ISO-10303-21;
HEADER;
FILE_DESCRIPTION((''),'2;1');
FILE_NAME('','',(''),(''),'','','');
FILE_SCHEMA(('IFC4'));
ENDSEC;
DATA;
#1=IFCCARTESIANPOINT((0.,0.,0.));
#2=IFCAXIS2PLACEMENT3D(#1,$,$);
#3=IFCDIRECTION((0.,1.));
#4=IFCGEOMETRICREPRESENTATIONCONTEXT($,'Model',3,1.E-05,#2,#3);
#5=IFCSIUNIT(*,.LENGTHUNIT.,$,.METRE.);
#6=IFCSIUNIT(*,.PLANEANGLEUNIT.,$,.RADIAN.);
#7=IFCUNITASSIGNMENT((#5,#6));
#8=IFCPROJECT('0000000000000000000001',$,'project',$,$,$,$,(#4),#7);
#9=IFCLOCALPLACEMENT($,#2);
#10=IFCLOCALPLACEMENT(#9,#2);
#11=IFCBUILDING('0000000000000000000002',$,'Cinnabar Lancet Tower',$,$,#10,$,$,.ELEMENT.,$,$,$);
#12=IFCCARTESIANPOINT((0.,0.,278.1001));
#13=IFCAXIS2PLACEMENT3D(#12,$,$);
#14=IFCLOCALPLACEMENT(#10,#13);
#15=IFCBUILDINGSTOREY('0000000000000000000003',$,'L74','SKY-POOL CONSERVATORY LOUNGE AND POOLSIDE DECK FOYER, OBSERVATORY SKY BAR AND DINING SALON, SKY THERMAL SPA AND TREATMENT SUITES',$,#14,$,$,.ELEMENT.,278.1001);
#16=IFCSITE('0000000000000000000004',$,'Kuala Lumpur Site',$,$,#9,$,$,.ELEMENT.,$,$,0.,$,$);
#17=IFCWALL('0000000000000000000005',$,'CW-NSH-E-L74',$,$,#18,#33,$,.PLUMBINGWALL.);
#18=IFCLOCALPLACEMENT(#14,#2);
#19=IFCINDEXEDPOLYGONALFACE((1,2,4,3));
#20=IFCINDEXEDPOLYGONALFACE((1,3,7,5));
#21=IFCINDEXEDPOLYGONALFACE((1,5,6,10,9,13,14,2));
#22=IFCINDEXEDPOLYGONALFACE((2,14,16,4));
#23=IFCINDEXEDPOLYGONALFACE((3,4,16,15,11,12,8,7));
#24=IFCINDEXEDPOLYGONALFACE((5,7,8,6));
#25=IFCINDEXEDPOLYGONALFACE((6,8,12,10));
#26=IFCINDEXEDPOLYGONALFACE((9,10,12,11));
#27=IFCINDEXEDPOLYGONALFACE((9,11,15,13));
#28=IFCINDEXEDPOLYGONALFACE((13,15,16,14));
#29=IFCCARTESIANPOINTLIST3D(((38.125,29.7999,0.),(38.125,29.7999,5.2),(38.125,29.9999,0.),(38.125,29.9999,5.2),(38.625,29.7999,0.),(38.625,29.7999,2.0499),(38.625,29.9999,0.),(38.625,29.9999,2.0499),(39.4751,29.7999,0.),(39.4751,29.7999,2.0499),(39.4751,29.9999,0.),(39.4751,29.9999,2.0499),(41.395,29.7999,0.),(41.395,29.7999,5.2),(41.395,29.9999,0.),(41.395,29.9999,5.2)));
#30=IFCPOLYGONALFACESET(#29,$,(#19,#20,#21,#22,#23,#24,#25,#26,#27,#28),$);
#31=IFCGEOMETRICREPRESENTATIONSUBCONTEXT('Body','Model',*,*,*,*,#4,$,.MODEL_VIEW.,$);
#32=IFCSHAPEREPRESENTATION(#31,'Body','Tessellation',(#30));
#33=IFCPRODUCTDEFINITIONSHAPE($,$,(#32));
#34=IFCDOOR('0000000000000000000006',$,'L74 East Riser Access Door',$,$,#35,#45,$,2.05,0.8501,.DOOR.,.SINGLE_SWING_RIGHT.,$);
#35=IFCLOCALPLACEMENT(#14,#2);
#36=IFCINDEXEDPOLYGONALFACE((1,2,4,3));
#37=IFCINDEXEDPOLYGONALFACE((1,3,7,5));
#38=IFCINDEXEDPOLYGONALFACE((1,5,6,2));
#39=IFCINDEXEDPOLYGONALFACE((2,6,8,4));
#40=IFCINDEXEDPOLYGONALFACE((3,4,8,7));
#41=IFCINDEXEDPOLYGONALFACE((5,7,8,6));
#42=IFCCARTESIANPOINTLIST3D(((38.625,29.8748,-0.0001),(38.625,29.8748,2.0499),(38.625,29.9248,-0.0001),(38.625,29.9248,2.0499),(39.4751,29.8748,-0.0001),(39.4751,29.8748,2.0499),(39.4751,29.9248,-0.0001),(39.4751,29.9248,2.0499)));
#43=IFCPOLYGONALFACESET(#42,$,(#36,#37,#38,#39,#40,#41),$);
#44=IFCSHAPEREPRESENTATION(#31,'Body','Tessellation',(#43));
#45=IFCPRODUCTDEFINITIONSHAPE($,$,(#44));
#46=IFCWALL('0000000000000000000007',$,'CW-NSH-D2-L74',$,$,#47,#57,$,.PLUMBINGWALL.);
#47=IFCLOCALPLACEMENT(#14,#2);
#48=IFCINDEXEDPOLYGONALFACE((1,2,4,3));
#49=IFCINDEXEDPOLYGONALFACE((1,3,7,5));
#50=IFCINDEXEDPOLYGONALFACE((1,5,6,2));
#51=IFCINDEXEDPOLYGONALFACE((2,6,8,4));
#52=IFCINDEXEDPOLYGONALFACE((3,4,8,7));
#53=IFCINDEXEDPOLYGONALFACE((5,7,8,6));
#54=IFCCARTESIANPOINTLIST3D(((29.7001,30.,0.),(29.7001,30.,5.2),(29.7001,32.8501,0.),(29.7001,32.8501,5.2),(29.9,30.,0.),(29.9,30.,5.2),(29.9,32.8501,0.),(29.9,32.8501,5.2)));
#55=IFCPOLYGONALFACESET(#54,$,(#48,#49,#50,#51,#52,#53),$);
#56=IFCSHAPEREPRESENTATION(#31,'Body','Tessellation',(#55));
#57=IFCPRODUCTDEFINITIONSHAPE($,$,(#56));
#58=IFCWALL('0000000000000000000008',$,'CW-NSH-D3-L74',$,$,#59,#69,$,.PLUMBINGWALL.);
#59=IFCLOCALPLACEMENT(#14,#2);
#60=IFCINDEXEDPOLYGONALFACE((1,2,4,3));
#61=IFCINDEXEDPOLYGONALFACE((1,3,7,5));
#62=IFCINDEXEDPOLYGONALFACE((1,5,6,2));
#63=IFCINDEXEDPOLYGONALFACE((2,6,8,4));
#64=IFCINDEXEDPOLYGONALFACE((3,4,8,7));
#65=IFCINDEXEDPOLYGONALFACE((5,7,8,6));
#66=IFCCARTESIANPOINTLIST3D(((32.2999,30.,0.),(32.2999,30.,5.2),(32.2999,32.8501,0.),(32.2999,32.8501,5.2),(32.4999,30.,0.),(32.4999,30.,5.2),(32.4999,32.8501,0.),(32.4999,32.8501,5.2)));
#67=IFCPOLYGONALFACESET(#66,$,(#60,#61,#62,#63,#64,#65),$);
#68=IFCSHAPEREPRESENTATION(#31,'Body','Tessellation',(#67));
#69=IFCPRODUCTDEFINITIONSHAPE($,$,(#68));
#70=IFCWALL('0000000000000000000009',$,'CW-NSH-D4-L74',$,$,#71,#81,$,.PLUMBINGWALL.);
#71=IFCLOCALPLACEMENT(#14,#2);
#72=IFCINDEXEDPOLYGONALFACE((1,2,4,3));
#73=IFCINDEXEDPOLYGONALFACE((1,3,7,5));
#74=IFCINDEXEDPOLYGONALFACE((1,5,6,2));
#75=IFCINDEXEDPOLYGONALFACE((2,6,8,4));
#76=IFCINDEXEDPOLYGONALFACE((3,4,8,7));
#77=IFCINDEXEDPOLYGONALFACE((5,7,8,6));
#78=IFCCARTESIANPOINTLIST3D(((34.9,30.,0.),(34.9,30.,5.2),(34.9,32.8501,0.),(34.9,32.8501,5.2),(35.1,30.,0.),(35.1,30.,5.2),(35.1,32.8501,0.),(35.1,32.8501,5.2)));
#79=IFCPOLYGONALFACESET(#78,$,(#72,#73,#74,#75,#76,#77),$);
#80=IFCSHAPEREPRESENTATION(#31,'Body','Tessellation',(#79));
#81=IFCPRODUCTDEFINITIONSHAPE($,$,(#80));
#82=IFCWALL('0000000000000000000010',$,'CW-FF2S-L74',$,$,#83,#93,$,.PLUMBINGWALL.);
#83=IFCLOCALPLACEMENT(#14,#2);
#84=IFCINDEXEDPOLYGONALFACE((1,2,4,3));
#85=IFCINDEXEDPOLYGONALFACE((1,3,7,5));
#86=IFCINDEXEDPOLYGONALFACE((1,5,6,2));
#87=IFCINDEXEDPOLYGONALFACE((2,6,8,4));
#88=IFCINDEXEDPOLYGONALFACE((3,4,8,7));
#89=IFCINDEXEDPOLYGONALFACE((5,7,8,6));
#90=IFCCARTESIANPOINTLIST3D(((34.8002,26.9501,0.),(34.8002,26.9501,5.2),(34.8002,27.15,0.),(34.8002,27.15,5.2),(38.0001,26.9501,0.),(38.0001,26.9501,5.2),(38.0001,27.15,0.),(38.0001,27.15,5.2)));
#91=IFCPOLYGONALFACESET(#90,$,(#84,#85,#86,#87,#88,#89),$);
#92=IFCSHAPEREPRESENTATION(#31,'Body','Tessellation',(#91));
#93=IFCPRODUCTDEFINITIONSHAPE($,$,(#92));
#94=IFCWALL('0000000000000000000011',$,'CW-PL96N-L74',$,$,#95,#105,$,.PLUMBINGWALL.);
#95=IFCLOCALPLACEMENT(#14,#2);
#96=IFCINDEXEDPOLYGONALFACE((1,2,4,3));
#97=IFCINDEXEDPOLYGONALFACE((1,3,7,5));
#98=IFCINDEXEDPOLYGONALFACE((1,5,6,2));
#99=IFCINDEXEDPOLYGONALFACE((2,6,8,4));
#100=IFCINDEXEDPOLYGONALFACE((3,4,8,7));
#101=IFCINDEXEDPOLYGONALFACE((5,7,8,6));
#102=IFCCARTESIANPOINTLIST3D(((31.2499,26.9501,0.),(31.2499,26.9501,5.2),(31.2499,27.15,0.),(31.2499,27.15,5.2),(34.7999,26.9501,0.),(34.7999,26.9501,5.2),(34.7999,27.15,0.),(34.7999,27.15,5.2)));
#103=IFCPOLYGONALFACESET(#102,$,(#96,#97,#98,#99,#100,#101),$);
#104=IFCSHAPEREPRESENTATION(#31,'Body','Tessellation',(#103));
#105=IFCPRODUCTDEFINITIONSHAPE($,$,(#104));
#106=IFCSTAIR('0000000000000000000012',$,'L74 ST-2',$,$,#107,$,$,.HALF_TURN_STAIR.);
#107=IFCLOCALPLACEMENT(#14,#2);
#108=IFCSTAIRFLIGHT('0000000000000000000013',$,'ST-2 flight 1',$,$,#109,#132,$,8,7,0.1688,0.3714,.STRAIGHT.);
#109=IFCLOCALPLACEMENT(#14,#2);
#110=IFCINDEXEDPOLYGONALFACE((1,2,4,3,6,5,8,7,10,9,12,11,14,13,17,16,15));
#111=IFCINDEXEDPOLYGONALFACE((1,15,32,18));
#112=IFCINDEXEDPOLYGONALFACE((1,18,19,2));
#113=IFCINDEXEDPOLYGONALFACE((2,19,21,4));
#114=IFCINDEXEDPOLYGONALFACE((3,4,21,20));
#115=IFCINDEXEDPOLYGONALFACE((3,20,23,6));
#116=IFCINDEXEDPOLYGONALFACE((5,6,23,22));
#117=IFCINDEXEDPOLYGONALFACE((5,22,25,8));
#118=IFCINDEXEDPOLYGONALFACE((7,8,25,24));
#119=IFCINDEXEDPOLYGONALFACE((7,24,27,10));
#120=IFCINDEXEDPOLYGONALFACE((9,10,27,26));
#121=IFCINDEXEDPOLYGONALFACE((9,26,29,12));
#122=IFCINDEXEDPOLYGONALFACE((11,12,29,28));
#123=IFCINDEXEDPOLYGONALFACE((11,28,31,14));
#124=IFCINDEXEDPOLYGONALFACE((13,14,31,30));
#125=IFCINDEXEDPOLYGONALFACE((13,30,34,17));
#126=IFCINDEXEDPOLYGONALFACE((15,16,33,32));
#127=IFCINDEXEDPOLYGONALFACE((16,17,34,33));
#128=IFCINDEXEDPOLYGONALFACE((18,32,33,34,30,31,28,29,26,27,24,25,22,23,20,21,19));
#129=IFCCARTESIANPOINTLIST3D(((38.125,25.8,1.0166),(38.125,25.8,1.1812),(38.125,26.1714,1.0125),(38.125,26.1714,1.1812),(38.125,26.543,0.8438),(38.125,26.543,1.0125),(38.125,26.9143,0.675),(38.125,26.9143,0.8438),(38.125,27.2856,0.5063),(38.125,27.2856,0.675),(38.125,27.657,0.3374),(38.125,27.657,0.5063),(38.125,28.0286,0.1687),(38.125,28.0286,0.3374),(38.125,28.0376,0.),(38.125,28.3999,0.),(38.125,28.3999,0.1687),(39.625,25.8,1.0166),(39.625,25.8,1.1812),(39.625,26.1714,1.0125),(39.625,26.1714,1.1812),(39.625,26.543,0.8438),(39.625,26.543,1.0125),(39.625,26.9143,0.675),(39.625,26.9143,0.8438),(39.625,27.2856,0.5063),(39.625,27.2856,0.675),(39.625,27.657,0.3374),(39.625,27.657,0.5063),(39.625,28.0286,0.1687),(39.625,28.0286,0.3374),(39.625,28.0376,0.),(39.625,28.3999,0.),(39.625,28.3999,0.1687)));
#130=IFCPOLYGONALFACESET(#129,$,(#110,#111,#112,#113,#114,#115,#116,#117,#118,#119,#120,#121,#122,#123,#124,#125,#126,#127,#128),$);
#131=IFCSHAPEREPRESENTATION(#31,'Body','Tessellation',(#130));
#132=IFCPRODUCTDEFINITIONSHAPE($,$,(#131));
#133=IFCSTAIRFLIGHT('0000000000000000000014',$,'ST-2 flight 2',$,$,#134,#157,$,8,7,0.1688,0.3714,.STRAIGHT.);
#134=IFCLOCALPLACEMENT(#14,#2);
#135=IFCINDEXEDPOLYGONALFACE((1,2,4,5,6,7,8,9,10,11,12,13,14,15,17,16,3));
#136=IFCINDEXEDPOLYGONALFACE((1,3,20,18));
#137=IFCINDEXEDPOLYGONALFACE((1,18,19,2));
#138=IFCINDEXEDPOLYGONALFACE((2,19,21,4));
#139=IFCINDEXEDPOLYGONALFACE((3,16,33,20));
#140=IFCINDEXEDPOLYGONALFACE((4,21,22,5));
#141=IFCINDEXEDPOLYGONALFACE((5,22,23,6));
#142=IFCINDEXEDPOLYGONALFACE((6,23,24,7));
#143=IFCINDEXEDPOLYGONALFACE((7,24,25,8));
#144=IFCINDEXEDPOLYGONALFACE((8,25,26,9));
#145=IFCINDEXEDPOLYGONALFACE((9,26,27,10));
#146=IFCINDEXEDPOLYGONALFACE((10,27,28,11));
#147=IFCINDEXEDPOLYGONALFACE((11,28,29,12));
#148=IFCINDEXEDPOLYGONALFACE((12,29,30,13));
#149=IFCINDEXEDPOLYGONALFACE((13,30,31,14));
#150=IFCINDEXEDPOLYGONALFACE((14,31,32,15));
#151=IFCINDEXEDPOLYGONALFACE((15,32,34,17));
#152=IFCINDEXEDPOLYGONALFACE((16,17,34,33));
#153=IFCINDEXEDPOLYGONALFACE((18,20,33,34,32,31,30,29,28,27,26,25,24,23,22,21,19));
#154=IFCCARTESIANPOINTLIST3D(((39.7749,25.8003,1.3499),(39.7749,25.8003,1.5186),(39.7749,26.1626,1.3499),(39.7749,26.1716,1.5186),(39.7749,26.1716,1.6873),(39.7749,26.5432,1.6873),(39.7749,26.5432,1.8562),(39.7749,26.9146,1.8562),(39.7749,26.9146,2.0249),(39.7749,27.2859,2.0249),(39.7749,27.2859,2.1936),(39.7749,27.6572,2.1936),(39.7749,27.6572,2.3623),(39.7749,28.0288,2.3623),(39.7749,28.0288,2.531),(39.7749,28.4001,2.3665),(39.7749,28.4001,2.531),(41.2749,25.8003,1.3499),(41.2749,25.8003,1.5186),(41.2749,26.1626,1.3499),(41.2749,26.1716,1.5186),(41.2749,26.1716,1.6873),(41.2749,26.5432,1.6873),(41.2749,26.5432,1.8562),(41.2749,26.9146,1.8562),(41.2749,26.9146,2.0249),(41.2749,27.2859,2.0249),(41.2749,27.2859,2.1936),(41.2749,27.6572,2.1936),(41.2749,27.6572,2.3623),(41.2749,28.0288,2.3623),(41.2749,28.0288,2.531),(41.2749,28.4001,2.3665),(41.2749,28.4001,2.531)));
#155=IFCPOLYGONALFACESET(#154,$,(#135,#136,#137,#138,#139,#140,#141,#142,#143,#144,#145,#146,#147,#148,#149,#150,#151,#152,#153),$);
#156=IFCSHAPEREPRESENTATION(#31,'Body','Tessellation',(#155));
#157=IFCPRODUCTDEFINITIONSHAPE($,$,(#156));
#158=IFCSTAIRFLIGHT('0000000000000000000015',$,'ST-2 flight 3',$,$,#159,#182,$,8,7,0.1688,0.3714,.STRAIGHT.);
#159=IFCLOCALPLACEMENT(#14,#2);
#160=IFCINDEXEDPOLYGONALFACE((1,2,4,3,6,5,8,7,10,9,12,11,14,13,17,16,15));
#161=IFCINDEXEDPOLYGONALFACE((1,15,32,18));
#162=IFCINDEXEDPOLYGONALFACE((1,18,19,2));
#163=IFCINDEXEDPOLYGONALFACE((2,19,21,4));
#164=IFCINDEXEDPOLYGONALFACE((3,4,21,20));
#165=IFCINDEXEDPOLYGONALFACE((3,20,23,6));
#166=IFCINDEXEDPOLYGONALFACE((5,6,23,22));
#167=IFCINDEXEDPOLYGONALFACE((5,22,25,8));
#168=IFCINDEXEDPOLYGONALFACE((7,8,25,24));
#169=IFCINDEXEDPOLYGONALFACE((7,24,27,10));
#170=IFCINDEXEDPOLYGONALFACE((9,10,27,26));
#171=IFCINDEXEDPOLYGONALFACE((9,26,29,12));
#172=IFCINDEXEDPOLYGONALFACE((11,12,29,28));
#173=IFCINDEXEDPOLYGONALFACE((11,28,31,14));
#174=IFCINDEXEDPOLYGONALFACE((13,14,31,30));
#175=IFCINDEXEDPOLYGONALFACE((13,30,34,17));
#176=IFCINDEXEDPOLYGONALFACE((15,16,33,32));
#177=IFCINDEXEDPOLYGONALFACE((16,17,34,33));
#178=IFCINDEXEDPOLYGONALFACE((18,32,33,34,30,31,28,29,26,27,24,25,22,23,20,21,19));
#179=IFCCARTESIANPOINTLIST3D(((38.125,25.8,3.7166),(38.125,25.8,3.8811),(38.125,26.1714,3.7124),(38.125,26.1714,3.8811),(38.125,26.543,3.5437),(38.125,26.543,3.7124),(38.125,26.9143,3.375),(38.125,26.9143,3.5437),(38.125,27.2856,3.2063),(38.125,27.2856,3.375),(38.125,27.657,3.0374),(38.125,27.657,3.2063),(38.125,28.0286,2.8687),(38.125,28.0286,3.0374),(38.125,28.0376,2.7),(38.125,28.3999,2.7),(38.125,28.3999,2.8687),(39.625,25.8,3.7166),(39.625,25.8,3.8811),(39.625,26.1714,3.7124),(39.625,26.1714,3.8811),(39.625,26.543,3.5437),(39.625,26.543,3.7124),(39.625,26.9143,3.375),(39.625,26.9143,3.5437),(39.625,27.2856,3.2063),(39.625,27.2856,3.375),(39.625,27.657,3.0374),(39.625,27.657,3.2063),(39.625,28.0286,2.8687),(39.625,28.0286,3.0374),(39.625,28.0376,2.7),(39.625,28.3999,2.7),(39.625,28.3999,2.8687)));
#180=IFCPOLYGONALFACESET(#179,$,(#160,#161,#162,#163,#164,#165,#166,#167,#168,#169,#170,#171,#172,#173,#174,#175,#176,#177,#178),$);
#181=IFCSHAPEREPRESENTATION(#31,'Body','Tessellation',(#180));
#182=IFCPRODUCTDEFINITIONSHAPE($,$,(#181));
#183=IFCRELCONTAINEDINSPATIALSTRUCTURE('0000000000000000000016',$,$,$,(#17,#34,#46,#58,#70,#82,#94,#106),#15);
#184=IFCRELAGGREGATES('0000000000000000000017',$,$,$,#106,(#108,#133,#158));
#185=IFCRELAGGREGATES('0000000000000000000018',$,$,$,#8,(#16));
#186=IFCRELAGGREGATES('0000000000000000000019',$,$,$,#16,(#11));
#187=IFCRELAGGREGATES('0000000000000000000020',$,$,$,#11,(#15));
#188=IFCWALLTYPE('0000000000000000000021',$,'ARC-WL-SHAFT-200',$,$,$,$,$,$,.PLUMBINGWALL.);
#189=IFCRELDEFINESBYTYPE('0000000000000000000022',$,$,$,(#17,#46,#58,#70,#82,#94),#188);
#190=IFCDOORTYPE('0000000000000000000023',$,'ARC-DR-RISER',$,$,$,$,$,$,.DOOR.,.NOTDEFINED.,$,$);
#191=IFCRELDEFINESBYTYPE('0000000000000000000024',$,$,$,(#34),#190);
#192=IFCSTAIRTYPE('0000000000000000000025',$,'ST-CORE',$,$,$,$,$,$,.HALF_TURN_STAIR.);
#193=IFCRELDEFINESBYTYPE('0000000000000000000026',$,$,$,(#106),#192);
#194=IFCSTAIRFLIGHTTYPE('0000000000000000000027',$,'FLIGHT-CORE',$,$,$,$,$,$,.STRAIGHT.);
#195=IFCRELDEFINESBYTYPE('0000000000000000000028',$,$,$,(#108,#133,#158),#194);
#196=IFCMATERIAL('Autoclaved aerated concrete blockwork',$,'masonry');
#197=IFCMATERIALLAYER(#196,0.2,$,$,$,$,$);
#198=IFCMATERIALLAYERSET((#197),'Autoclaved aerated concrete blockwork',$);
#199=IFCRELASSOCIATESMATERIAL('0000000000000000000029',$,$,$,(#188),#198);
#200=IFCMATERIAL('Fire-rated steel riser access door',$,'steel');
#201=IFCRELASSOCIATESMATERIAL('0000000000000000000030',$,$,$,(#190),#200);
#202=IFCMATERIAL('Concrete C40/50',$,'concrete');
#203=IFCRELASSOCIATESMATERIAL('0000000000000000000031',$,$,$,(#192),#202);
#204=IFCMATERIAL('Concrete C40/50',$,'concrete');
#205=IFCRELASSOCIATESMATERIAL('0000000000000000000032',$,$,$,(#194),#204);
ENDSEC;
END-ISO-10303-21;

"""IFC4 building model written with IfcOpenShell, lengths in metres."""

from ifc_helpers import new_model, si_unit, direction, frame, frame_2d, origin, place, context, subcontext, project, spatial, polyline, rectangle, outline, extrude, material, layer, layer_set, type_object, element, fill, aggregate, save


model = new_model("IFC4")

# Units and contexts
model_context = context("Model", 3, precision=1e-05, world=origin(), true_north=direction((0.0, 1.0)))
body_context = subcontext(model_context, "Body", "Model", "MODEL_VIEW")
ifc_project = project(units=[si_unit("LENGTHUNIT", "METRE"), si_unit("PLANEANGLEUNIT", "RADIAN")], contexts=[model_context])

# Site, building, storey
site_placement = place(None, origin())
site = spatial("IfcSite", under=ifc_project, at=site_placement, Name="Kuala Lumpur Site", CompositionType="ELEMENT", RefElevation=0.0)
building_placement = place(site_placement, origin())
building = spatial("IfcBuilding", under=site, at=building_placement, Name="Cinnabar Lancet Tower", CompositionType="ELEMENT")
storey_placement = place(building_placement, frame((0.0, 0.0, 278.1001)))
storey = spatial("IfcBuildingStorey", under=building, at=storey_placement, Name="L74", Description="SKY-POOL CONSERVATORY LOUNGE AND POOLSIDE DECK FOYER, OBSERVATORY SKY BAR AND DINING SALON, SKY THERMAL SPA AND TREATMENT SUITES", CompositionType="ELEMENT", Elevation=278.1001)

# Shared definitions
ifc_material_1 = material(Name="Autoclaved aerated concrete blockwork", Category="masonry")
ifc_layer = layer(ifc_material_1, 0.2)
ifc_layer_set = layer_set([ifc_layer], Name="Autoclaved aerated concrete blockwork")
wall_type = type_object("IfcWallType", Name="ARC-WL-SHAFT-200", PredefinedType="PLUMBINGWALL", material=ifc_layer_set)

# Wall, opening, door
wall_1_placement = place(storey_placement, frame((38.125, 29.8999, 0.0), z_axis=(0.0, 0.0, 1.0), x_axis=(1.0, 0.0, 0.0)))
wall_1 = element("IfcWall", 1, at=wall_1_placement, inside=storey, type_object=wall_type, Name="CW-NSH-E-L74", PredefinedType="PLUMBINGWALL", context=body_context, shape_type="SweptSolid", body=[
    extrude(rectangle(XDim=3.27, YDim=0.2, at=frame_2d((1.635, 0.0))), origin(), (0.0, 0.0, 1.0), 5.2),
])
opening_1_placement = place(wall_1_placement, frame((0.5, 0.0, 0.0)))
opening_1 = element("IfcOpeningElement", 2, at=opening_1_placement, cuts=wall_1, PredefinedType="OPENING", context=body_context, shape_type="SweptSolid", body=[
    extrude(rectangle(XDim=0.8501, YDim=2.05, at=frame_2d((0.425, 1.0249))), frame((0.0, 0.1099, 0.0), z_axis=(0.0, -1.0, 0.0), x_axis=(1.0, 0.0, 0.0)), (0.0, 0.0, 1.0), 0.22),
])
ifc_material_2 = material(Name="Fire-rated steel riser access door", Category="steel")
door_type_1 = type_object("IfcDoorType", Name="ARC-DR-RISER", OperationType="NOTDEFINED", PredefinedType="DOOR", material=ifc_material_2)
door_1_placement = place(opening_1_placement, origin())
door_1 = element("IfcDoor", 3, at=door_1_placement, inside=storey, type_object=door_type_1, Name="L74 East Riser Access Door", OperationType="SINGLE_SWING_RIGHT", OverallHeight=2.05, OverallWidth=0.8501, PredefinedType="DOOR", context=body_context, shape_type="SweptSolid", body=[
    extrude(rectangle(XDim=0.8501, YDim=2.05, at=frame_2d((0.425, 1.0249))), frame((0.0, 0.0249, 0.0), z_axis=(0.0, -1.0, 0.0), x_axis=(1.0, 0.0, 0.0)), (0.0, 0.0, 1.0), 0.05),
])
fill(opening_1, door_1)

# Walls
for number, where, z_axis, x_axis, name in (
    (4, (29.8, 30.0, 0.0), (0.0, 0.0, 1.0), (0.0, 1.0, 0.0), "CW-NSH-D2-L74"),
    (5, (32.3999, 30.0, 0.0), (0.0, 0.0, 1.0), (0.0, 1.0, 0.0), "CW-NSH-D3-L74"),
    (6, (35.0, 30.0, 0.0), (0.0, 0.0, 1.0), (0.0, 1.0, 0.0), "CW-NSH-D4-L74"),
):
    element("IfcWall", number, at=place(storey_placement, frame(where, z_axis=z_axis, x_axis=x_axis)), inside=storey, type_object=wall_type, Name=name, PredefinedType="PLUMBINGWALL", context=body_context, shape_type="SweptSolid", body=[
        extrude(rectangle(XDim=2.8501, YDim=0.2, at=frame_2d((1.425, 0.0))), origin(), (0.0, 0.0, 1.0), 5.2),
    ])

# Walls
wall_2_placement = place(storey_placement, frame((34.8, 27.05, 0.0), z_axis=(0.0, 0.0, 1.0), x_axis=(1.0, 0.0, 0.0)))
element("IfcWall", 7, at=wall_2_placement, inside=storey, type_object=wall_type, Name="CW-FF2S-L74", PredefinedType="PLUMBINGWALL", context=body_context, shape_type="SweptSolid", body=[
    extrude(rectangle(XDim=3.2, YDim=0.2, at=frame_2d((1.6001, 0.0))), origin(), (0.0, 0.0, 1.0), 5.2),
])
wall_3_placement = place(storey_placement, frame((31.25, 27.05, 0.0), z_axis=(0.0, 0.0, 1.0), x_axis=(1.0, 0.0, 0.0)))
element("IfcWall", 8, at=wall_3_placement, inside=storey, type_object=wall_type, Name="CW-PL96N-L74", PredefinedType="PLUMBINGWALL", context=body_context, shape_type="SweptSolid", body=[
    extrude(rectangle(XDim=3.55, YDim=0.2, at=frame_2d((1.7749, 0.0))), origin(), (0.0, 0.0, 1.0), 5.2),
])

# Stair, stair flights
ifc_material_3 = material(Name="Concrete C40/50", Category="concrete")
stair_type = type_object("IfcStairType", Name="ST-CORE", PredefinedType="HALF_TURN_STAIR", material=ifc_material_3)
stair_placement = place(storey_placement, origin())
stair = element("IfcStair", 9, at=stair_placement, inside=storey, type_object=stair_type, Name="L74 ST-2", PredefinedType="HALF_TURN_STAIR")
ifc_material_4 = material(Name="Concrete C40/50", Category="concrete")
stair_flight_type = type_object("IfcStairFlightType", Name="FLIGHT-CORE", PredefinedType="STRAIGHT", material=ifc_material_4)
stair_flight_1_placement = place(storey_placement, frame((38.875, 28.3999, 0.0), z_axis=(0.0, 0.0, 1.0), x_axis=(0.0, -1.0, 0.0)))
stair_flight_1 = element("IfcStairFlight", 10, at=stair_flight_1_placement, type_object=stair_flight_type, Name="ST-2 flight 1", NumberOfRisers=8, NumberOfTreads=7, PredefinedType="STRAIGHT", RiserHeight=0.1688, TreadLength=0.3714, context=body_context, shape_type="SweptSolid", body=[
    extrude(outline(polyline([(0.0, 0.0), (0.0, 0.1687), (0.3713, 0.1687), (0.3713, 0.3374), (0.7429, 0.3374), (0.7429, 0.5063), (1.1143, 0.5063), (1.1143, 0.675), (1.4856, 0.675), (1.4856, 0.8438), (1.8569, 0.8438), (1.8569, 1.0125), (2.2285, 1.0125), (2.2285, 1.1812), (2.5999, 1.1812), (2.5999, 1.3501), (2.5999, 1.0166), (0.3623, 0.0), (0.0, 0.0)])), frame((0.0, 0.75, 0.0), z_axis=(0.0, -1.0, 0.0), x_axis=(1.0, 0.0, 0.0)), (0.0, 0.0, 1.0), 1.5),
])
stair_flight_2_placement = place(storey_placement, frame((40.5249, 25.8003, 1.3499), z_axis=(0.0, 0.0, 1.0), x_axis=(0.0, 1.0, 0.0)))
stair_flight_2 = element("IfcStairFlight", 11, at=stair_flight_2_placement, type_object=stair_flight_type, Name="ST-2 flight 2", NumberOfRisers=8, NumberOfTreads=7, PredefinedType="STRAIGHT", RiserHeight=0.1688, TreadLength=0.3714, context=body_context, shape_type="SweptSolid", body=[
    extrude(outline(polyline([(0.0, 0.0), (0.0, 0.1687), (0.3713, 0.1687), (0.3713, 0.3374), (0.7429, 0.3374), (0.7429, 0.5063), (1.1143, 0.5063), (1.1143, 0.675), (1.4856, 0.675), (1.4856, 0.8438), (1.8569, 0.8438), (1.8569, 1.0125), (2.2285, 1.0125), (2.2285, 1.1812), (2.5999, 1.1812), (2.5999, 1.3501), (2.5999, 1.0166), (0.3623, 0.0), (0.0, 0.0)])), frame((0.0, 0.75, 0.0), z_axis=(0.0, -1.0, 0.0), x_axis=(1.0, 0.0, 0.0)), (0.0, 0.0, 1.0), 1.5),
])
stair_flight_3_placement = place(storey_placement, frame((38.875, 28.3999, 2.7), z_axis=(0.0, 0.0, 1.0), x_axis=(0.0, -1.0, 0.0)))
stair_flight_3 = element("IfcStairFlight", 12, at=stair_flight_3_placement, type_object=stair_flight_type, Name="ST-2 flight 3", NumberOfRisers=8, NumberOfTreads=7, PredefinedType="STRAIGHT", RiserHeight=0.1688, TreadLength=0.3714, context=body_context, shape_type="SweptSolid", body=[
    extrude(outline(polyline([(0.0, 0.0), (0.0, 0.1687), (0.3713, 0.1687), (0.3713, 0.3374), (0.7429, 0.3374), (0.7429, 0.5063), (1.1143, 0.5063), (1.1143, 0.675), (1.4856, 0.675), (1.4856, 0.8438), (1.8569, 0.8438), (1.8569, 1.0125), (2.2285, 1.0125), (2.2285, 1.1812), (2.5999, 1.1812), (2.5999, 1.3501), (2.5999, 1.0166), (0.3623, 0.0), (0.0, 0.0)])), frame((0.0, 0.75, 0.0), z_axis=(0.0, -1.0, 0.0), x_axis=(1.0, 0.0, 0.0)), (0.0, 0.0, 1.0), 1.5),
])
aggregate(stair, [stair_flight_1, stair_flight_2, stair_flight_3])

save(model, "model.ifc")
